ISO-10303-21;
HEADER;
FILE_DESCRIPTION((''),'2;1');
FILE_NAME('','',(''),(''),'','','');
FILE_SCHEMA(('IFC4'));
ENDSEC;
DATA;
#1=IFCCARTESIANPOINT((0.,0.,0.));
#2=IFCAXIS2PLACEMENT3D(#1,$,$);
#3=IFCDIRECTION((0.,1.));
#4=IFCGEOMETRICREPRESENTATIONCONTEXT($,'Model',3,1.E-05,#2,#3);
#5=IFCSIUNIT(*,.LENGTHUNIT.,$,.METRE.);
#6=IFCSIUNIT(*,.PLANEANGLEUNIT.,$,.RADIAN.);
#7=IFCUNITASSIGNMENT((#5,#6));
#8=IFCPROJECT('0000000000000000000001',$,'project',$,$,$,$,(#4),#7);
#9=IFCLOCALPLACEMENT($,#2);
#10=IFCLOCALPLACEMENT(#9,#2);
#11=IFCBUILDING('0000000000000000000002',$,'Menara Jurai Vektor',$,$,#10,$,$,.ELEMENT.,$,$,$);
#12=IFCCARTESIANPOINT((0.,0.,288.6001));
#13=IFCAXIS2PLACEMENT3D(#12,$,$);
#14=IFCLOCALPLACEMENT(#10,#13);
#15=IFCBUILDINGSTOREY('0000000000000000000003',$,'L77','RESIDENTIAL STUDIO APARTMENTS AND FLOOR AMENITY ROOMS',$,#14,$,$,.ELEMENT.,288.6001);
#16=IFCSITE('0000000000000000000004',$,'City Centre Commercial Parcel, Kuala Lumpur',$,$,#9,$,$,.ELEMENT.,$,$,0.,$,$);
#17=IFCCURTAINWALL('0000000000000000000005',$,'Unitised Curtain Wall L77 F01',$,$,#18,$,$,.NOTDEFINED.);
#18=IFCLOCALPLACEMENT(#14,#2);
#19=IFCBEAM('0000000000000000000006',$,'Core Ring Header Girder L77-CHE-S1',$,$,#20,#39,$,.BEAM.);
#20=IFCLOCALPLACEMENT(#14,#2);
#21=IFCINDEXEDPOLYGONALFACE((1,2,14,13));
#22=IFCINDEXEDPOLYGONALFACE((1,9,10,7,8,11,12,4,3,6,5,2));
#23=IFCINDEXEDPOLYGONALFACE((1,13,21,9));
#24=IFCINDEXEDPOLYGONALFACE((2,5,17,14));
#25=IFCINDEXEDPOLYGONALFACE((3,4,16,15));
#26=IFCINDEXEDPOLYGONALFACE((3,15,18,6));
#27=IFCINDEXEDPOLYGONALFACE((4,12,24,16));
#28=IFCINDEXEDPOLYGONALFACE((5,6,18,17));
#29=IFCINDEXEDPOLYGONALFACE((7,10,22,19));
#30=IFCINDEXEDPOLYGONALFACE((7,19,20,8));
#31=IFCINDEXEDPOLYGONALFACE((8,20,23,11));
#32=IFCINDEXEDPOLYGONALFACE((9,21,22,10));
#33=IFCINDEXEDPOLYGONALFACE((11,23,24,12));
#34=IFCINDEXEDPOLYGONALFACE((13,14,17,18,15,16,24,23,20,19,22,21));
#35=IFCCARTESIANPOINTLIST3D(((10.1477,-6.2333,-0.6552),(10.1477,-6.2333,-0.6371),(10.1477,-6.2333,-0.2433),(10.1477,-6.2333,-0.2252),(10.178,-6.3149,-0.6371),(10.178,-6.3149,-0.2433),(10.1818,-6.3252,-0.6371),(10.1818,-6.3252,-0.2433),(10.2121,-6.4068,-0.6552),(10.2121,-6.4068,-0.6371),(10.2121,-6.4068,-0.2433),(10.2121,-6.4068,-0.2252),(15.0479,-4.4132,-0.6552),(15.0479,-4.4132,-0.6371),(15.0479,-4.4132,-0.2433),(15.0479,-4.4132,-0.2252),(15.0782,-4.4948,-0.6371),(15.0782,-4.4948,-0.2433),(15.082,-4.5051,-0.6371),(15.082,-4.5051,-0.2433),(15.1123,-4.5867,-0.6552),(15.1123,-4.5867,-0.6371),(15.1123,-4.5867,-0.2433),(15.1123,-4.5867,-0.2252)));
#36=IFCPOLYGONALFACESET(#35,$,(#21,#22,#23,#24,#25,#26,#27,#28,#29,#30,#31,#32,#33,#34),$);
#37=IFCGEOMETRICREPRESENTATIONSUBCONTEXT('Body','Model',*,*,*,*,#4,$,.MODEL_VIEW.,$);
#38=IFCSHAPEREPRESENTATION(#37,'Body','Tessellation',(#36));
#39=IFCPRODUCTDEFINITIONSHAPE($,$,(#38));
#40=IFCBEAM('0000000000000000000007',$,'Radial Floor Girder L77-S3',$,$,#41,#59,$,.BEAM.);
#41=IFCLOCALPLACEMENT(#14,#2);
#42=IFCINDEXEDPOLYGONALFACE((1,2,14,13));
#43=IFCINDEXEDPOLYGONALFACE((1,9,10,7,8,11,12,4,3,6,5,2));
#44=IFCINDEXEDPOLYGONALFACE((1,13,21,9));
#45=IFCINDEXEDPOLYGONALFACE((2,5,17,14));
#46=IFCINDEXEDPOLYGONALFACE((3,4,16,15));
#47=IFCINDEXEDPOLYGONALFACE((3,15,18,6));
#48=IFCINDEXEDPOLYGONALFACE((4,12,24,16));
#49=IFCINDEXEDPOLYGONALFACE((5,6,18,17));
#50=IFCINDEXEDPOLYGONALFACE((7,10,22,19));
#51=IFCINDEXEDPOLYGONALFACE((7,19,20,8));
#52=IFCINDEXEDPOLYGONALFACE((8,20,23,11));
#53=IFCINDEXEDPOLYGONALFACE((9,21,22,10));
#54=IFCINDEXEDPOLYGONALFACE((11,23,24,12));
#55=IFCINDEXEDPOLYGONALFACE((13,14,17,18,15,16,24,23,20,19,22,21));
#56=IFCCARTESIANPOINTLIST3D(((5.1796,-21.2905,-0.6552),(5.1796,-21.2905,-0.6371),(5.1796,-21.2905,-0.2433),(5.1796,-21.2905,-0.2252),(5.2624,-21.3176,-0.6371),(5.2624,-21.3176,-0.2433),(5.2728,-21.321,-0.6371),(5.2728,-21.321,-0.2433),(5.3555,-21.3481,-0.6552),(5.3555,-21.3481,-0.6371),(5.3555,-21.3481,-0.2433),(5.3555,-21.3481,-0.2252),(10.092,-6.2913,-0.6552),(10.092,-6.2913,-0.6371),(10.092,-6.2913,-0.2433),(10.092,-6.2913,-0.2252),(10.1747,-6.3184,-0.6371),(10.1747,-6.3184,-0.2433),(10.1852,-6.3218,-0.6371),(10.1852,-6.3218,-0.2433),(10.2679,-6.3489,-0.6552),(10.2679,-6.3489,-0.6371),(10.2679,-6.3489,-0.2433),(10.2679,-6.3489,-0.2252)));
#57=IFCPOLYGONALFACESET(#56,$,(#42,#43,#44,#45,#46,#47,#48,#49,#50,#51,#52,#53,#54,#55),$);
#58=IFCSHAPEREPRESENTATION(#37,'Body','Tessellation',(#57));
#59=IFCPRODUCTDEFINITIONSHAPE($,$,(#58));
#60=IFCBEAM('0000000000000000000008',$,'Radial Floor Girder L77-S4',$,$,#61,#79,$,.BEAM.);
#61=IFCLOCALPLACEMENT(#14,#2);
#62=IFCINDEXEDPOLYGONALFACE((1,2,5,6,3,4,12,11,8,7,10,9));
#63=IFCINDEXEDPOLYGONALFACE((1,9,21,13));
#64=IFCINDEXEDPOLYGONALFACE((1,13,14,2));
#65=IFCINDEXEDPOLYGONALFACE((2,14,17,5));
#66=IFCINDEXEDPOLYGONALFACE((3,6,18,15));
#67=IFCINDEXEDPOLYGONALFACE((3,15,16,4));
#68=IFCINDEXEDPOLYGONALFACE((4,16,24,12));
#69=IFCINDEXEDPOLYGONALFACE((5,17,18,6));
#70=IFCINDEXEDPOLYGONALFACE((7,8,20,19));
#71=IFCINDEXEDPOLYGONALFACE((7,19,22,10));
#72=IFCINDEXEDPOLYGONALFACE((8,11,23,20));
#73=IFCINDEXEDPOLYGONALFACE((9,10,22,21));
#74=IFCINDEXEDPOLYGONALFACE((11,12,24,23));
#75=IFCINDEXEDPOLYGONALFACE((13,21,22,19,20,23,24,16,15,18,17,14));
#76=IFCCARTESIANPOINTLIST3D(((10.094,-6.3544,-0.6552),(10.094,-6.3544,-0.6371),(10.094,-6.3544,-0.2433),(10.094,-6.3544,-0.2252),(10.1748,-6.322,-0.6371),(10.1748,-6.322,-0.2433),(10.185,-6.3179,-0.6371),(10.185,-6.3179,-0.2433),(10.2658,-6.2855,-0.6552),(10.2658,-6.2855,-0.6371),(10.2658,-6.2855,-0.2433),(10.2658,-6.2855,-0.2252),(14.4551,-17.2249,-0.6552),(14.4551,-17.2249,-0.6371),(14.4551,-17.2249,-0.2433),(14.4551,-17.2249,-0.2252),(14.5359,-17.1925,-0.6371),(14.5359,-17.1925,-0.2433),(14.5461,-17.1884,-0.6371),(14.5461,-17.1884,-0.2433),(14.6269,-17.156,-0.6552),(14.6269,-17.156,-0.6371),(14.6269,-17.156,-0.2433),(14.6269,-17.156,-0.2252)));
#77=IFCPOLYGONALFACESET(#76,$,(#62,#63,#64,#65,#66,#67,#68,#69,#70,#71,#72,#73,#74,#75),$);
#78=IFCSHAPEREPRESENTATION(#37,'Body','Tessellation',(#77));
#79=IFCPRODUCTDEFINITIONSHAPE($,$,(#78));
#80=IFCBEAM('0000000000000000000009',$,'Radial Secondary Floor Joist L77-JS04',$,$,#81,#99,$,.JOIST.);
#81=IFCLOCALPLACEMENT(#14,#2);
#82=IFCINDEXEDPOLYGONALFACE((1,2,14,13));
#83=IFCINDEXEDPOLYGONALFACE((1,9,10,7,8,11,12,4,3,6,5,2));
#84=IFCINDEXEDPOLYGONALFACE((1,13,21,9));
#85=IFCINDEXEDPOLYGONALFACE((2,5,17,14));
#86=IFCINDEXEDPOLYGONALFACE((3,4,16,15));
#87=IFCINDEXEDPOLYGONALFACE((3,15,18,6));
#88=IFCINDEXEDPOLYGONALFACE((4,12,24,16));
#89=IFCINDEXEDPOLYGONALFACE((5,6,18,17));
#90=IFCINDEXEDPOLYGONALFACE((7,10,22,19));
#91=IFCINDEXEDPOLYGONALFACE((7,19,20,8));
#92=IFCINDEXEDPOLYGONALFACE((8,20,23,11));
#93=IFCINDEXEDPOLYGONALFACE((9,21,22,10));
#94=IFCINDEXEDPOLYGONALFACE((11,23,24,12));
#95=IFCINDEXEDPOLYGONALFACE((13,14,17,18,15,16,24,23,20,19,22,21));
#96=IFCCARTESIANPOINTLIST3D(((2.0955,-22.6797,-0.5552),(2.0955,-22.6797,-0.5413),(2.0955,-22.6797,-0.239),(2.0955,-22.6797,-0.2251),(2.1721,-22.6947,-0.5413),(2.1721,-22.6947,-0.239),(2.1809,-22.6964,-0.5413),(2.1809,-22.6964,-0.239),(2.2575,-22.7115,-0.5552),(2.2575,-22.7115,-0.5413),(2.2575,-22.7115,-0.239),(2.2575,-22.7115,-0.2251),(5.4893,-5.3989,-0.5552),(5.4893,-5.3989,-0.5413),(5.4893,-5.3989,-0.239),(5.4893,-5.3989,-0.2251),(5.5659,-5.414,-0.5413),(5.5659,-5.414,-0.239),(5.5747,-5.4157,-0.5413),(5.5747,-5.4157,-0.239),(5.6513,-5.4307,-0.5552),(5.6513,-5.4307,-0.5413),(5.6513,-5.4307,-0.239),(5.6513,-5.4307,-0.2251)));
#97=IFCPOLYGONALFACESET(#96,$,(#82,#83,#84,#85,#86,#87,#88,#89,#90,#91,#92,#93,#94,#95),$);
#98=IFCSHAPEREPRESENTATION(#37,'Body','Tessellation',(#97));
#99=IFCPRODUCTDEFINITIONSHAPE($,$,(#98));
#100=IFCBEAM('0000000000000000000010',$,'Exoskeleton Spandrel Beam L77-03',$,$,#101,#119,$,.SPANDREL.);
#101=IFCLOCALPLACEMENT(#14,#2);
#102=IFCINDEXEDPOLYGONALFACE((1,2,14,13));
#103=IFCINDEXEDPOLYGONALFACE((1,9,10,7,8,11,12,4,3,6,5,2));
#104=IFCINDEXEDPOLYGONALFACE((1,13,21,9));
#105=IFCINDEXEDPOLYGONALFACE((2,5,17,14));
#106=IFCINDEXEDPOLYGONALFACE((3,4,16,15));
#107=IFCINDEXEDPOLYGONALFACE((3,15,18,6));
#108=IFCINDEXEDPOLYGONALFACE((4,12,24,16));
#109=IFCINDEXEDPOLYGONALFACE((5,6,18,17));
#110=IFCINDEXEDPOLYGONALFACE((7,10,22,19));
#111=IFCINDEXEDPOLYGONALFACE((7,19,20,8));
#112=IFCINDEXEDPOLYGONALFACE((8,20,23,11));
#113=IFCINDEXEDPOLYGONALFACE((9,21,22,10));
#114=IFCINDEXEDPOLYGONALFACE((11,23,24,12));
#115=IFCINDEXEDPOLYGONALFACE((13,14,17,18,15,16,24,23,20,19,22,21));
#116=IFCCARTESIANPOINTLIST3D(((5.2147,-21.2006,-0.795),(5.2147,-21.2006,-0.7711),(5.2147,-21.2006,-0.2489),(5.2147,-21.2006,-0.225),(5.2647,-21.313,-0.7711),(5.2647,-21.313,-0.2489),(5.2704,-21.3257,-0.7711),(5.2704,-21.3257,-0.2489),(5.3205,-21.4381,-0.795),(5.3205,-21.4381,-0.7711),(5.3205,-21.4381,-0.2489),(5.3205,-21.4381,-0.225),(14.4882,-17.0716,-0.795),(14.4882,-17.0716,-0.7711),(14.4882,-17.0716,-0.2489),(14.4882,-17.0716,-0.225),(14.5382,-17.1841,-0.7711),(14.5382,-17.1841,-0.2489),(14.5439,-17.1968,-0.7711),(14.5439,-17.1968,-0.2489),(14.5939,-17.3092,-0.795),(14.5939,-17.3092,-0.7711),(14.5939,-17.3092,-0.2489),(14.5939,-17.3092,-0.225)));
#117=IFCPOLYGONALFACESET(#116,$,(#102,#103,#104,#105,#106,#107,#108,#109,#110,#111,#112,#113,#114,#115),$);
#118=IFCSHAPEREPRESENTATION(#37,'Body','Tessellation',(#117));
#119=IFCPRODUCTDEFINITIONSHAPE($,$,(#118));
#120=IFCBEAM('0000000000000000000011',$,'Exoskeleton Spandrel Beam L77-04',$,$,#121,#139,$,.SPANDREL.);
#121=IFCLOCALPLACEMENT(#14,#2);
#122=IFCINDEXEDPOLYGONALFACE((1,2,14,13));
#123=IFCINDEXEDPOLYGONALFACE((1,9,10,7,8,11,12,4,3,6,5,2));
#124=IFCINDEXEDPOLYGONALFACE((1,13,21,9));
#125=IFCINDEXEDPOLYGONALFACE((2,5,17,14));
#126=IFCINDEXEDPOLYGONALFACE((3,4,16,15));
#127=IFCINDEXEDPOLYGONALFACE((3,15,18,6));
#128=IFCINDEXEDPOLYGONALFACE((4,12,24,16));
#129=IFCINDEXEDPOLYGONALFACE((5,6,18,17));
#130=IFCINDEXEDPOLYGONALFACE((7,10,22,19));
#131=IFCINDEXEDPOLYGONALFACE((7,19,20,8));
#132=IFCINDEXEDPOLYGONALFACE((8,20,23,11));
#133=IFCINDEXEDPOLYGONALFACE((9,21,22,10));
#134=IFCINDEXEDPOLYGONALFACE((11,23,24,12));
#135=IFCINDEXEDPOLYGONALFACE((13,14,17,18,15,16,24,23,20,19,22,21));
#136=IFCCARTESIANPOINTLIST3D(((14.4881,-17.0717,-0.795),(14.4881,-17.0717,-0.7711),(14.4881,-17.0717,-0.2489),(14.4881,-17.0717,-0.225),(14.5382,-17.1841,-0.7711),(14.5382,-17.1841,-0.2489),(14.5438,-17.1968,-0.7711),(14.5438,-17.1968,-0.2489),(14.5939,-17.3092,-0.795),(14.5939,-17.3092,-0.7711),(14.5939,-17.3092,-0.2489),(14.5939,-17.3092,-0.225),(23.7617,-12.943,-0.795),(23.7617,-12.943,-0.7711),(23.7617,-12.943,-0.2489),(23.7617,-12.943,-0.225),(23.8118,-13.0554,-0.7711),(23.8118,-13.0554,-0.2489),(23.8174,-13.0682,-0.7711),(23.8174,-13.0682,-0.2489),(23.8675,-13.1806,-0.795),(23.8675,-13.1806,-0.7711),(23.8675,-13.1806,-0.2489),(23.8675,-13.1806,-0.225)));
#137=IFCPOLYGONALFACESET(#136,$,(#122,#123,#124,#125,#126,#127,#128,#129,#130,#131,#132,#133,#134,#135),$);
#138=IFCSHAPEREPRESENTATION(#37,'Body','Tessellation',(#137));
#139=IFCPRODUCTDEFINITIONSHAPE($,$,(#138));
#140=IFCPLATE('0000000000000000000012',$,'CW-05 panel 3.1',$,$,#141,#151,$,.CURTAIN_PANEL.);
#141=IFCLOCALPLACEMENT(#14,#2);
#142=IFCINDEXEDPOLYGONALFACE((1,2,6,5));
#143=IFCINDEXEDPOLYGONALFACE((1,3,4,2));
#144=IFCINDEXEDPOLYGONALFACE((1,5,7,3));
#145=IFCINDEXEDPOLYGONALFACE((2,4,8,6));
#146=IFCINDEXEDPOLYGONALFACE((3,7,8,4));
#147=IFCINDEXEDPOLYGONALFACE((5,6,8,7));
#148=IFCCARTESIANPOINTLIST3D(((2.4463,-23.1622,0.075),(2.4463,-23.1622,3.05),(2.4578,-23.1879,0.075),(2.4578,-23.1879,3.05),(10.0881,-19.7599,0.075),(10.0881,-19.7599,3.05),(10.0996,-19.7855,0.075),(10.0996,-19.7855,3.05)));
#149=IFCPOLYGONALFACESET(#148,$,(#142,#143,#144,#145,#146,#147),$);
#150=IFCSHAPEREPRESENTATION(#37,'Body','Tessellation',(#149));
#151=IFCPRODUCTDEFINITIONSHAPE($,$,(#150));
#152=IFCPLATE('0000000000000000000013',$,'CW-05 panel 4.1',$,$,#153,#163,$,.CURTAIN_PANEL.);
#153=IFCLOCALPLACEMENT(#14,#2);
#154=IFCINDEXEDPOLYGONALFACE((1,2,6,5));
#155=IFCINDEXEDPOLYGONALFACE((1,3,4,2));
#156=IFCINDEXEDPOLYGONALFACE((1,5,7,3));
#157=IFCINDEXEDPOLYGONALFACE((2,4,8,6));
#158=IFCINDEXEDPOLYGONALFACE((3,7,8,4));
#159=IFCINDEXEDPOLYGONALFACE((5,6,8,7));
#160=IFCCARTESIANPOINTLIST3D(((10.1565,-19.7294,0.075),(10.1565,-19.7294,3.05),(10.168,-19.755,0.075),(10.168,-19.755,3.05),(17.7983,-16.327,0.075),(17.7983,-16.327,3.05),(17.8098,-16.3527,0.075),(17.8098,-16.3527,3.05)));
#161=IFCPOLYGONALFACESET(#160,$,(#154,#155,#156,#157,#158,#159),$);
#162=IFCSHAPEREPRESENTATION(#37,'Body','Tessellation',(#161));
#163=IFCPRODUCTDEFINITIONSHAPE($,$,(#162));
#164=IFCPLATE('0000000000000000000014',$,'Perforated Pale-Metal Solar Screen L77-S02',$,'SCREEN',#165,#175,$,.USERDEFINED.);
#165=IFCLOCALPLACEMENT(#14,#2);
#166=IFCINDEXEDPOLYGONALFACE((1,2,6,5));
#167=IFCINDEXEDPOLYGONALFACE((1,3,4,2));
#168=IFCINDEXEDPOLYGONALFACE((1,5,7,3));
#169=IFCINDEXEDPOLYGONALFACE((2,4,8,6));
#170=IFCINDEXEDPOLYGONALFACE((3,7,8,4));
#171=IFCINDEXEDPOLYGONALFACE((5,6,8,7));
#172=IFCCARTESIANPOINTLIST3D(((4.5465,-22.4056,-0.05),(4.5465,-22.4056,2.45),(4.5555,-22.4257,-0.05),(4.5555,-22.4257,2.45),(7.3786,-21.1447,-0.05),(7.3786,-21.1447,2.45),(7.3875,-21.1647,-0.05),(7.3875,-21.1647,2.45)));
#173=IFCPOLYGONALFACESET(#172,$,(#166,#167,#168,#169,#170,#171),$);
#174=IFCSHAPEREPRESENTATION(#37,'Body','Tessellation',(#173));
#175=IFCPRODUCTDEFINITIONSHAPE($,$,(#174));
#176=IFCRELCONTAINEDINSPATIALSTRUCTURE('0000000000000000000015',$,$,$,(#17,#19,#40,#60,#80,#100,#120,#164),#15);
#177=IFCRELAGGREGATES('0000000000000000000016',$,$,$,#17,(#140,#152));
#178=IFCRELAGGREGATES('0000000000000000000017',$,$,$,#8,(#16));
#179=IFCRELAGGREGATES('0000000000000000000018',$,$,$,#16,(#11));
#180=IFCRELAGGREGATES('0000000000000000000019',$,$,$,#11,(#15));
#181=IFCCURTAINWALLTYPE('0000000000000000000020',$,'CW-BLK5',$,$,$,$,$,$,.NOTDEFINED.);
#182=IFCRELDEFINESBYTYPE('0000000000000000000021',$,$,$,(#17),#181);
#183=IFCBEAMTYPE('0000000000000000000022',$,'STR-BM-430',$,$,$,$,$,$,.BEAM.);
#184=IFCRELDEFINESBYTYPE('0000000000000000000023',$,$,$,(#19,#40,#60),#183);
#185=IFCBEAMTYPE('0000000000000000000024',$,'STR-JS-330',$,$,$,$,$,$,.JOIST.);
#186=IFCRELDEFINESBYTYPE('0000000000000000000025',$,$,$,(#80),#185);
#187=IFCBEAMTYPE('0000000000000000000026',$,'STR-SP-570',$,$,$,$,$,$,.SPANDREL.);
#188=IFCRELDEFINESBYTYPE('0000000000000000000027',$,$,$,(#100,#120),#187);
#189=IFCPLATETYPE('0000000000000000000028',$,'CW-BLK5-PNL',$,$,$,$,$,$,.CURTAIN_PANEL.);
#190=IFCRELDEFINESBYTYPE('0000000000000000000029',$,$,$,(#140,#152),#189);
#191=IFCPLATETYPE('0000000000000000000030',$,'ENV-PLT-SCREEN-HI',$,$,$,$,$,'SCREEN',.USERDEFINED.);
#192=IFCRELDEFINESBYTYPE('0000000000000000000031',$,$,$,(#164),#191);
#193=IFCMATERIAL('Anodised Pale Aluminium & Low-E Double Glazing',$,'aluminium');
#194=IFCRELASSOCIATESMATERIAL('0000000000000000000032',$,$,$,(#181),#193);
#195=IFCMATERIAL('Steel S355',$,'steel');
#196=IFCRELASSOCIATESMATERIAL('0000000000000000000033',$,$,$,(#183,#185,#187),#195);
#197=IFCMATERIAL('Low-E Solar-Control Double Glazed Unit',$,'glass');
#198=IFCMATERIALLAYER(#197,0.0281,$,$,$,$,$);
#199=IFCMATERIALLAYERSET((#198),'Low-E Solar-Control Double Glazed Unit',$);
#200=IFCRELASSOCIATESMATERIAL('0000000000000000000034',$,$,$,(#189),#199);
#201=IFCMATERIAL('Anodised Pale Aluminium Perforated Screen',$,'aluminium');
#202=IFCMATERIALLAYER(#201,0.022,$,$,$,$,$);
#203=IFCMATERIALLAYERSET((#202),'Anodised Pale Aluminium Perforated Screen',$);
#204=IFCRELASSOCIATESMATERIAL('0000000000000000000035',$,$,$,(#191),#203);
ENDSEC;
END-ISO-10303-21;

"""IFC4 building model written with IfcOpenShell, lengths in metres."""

from ifc_helpers import new_model, si_unit, direction, frame, origin, origin_2d, place, context, subcontext, project, spatial, rectangle, i_section, extrude, material, layer, layer_set, material_profile, profile_set, type_object, element, aggregate, save


model = new_model("IFC4")

# Units and contexts
model_context = context("Model", 3, precision=1e-05, world=origin(), true_north=direction((0.0, 1.0)))
body_context = subcontext(model_context, "Body", "Model", "MODEL_VIEW")
ifc_project = project(units=[si_unit("LENGTHUNIT", "METRE"), si_unit("PLANEANGLEUNIT", "RADIAN")], contexts=[model_context])

# Site, building, storey
site_placement = place(None, origin())
site = spatial("IfcSite", under=ifc_project, at=site_placement, Name="City Centre Commercial Parcel, Kuala Lumpur", CompositionType="ELEMENT", RefElevation=0.0)
building_placement = place(site_placement, origin())
building = spatial("IfcBuilding", under=site, at=building_placement, Name="Menara Jurai Vektor", CompositionType="ELEMENT")
storey_placement = place(building_placement, frame((0.0, 0.0, 288.6001)))
storey = spatial("IfcBuildingStorey", under=building, at=storey_placement, Name="L77", Description="RESIDENTIAL STUDIO APARTMENTS AND FLOOR AMENITY ROOMS", CompositionType="ELEMENT", Elevation=288.6001)

# Curtain wall
ifc_material_1 = material(Name="Anodised Pale Aluminium & Low-E Double Glazing", Category="aluminium")
curtain_wall_type = type_object("IfcCurtainWallType", Name="CW-BLK5", PredefinedType="NOTDEFINED", material=ifc_material_1)
curtain_wall_placement = place(storey_placement, origin())
curtain_wall = element("IfcCurtainWall", 1, at=curtain_wall_placement, inside=storey, type_object=curtain_wall_type, Name="Unitised Curtain Wall L77 F01", PredefinedType="NOTDEFINED")

# Beams
ifc_material_2 = material(Name="Steel S355", Category="steel")
ifc_material_profile_1 = material_profile(ifc_material_2, i_section(OverallWidth=0.1851, OverallDepth=0.4299, WebThickness=0.011, FlangeThickness=0.0181, at=origin_2d()), Name="PG 430x185x76")
ifc_profile_set_1 = profile_set([ifc_material_profile_1], Name="Steel S355")
beam_type_1 = type_object("IfcBeamType", Name="STR-BM-430", PredefinedType="BEAM", material=ifc_profile_set_1)
beam_1_placement = place(storey_placement, frame((10.1799, -6.3201, -0.4402), z_axis=(0.937424, 0.348189, 0.0), x_axis=(-0.348189, 0.937424, 0.0)))
element("IfcBeam", 2, at=beam_1_placement, inside=storey, type_object=beam_type_1, Name="Core Ring Header Girder L77-CHE-S1", PredefinedType="BEAM", context=body_context, shape_type="SweptSolid", body=[
    extrude(i_section(OverallWidth=0.1851, OverallDepth=0.4299, WebThickness=0.011, FlangeThickness=0.0181, at=origin_2d()), origin(), (0.0, 0.0, 1.0), 5.2273),
])
beam_2_placement = place(storey_placement, frame((5.2676, -21.3193, -0.4402), z_axis=(0.311239, 0.950332, 0.0), x_axis=(-0.950332, 0.311239, 0.0)))
element("IfcBeam", 3, at=beam_2_placement, inside=storey, type_object=beam_type_1, Name="Radial Floor Girder L77-S3", PredefinedType="BEAM", context=body_context, shape_type="SweptSolid", body=[
    extrude(i_section(OverallWidth=0.1851, OverallDepth=0.4299, WebThickness=0.011, FlangeThickness=0.0181, at=origin_2d()), origin(), (0.0, 0.0, 1.0), 15.7832),
])
beam_3_placement = place(storey_placement, frame((14.541, -17.1904, -0.4402), z_axis=(-0.372343, 0.928095, 0.0), x_axis=(-0.928095, -0.372343, 0.0)))
element("IfcBeam", 4, at=beam_3_placement, inside=storey, type_object=beam_type_1, Name="Radial Floor Girder L77-S4", PredefinedType="BEAM", context=body_context, shape_type="SweptSolid", body=[
    extrude(i_section(OverallWidth=0.1851, OverallDepth=0.4299, WebThickness=0.011, FlangeThickness=0.0181, at=origin_2d()), origin(), (0.0, 0.0, 1.0), 11.7126),
])
ifc_material_profile_2 = material_profile(ifc_material_2, i_section(OverallWidth=0.165, OverallDepth=0.3301, WebThickness=0.009, FlangeThickness=0.0139, at=origin_2d()), Name="PG 330x165x46")
ifc_profile_set_2 = profile_set([ifc_material_profile_2], Name="Steel S355")
beam_type_2 = type_object("IfcBeamType", Name="STR-JS-330", PredefinedType="JOIST", material=ifc_profile_set_2)
beam_4_placement = place(storey_placement, frame((2.1765, -22.6956, -0.3901), z_axis=(0.192711, 0.981256, 0.0), x_axis=(-0.981256, 0.192711, 0.0)))
element("IfcBeam", 5, at=beam_4_placement, inside=storey, type_object=beam_type_2, Name="Radial Secondary Floor Joist L77-JS04", PredefinedType="JOIST", context=body_context, shape_type="SweptSolid", body=[
    extrude(i_section(OverallWidth=0.165, OverallDepth=0.3301, WebThickness=0.009, FlangeThickness=0.0139, at=origin_2d()), origin(), (0.0, 0.0, 1.0), 17.6108),
])
ifc_material_profile_3 = material_profile(ifc_material_2, i_section(OverallWidth=0.26, OverallDepth=0.5701, WebThickness=0.0139, FlangeThickness=0.0239, at=origin_2d()), Name="PG 570x260x145")
ifc_profile_set_3 = profile_set([ifc_material_profile_3], Name="Steel S355")
beam_type_3 = type_object("IfcBeamType", Name="STR-SP-570", PredefinedType="SPANDREL", material=ifc_profile_set_3)
for number, where, z_axis, x_axis, name in (
    (6, (5.2676, -21.3193, -0.51), (0.913542, 0.406745, 0.0), (-0.406745, 0.913542, 0.0), "Exoskeleton Spandrel Beam L77-03"),
    (7, (14.541, -17.1904, -0.51), (0.913554, 0.406716, 0.0), (-0.406716, 0.913554, 0.0), "Exoskeleton Spandrel Beam L77-04"),
):
    element("IfcBeam", number, at=place(storey_placement, frame(where, z_axis=z_axis, x_axis=x_axis)), inside=storey, type_object=beam_type_3, Name=name, PredefinedType="SPANDREL", context=body_context, shape_type="SweptSolid", body=[
        extrude(i_section(OverallWidth=0.26, OverallDepth=0.5701, WebThickness=0.0139, FlangeThickness=0.0239, at=origin_2d()), origin(), (0.0, 0.0, 1.0), 10.1511),
    ])

# Plates
ifc_material_3 = material(Name="Low-E Solar-Control Double Glazed Unit", Category="glass")
ifc_layer_1 = layer(ifc_material_3, 0.0281)
ifc_layer_set_1 = layer_set([ifc_layer_1], Name="Low-E Solar-Control Double Glazed Unit")
plate_type_1 = type_object("IfcPlateType", Name="CW-BLK5-PNL", PredefinedType="CURTAIN_PANEL", material=ifc_layer_set_1)
plate_1_placement = place(storey_placement, frame((6.2729, -21.4739, 0.075), z_axis=(0.0, 0.0, 1.0), x_axis=(0.913546, 0.406735, 0.0)))
plate_1 = element("IfcPlate", 8, at=plate_1_placement, type_object=plate_type_1, Name="CW-05 panel 3.1", PredefinedType="CURTAIN_PANEL", context=body_context, shape_type="SweptSolid", body=[
    extrude(rectangle(XDim=8.365, YDim=0.0281, at=origin_2d()), origin(), (0.0, 0.0, 1.0), 2.9751),
])
plate_2_placement = place(storey_placement, frame((13.9832, -18.041, 0.075), z_axis=(0.0, 0.0, 1.0), x_axis=(0.913546, 0.406735, 0.0)))
plate_2 = element("IfcPlate", 9, at=plate_2_placement, type_object=plate_type_1, Name="CW-05 panel 4.1", PredefinedType="CURTAIN_PANEL", context=body_context, shape_type="SweptSolid", body=[
    extrude(rectangle(XDim=8.365, YDim=0.0281, at=origin_2d()), origin(), (0.0, 0.0, 1.0), 2.9751),
])
aggregate(curtain_wall, [plate_1, plate_2])
ifc_material_4 = material(Name="Anodised Pale Aluminium Perforated Screen", Category="aluminium")
ifc_layer_2 = layer(ifc_material_4, 0.022)
ifc_layer_set_2 = layer_set([ifc_layer_2], Name="Anodised Pale Aluminium Perforated Screen")
plate_type_2 = type_object("IfcPlateType", Name="ENV-PLT-SCREEN-HI", ElementType="SCREEN", PredefinedType="USERDEFINED", material=ifc_layer_set_2)
plate_3_placement = place(storey_placement, frame((5.967, -21.7852, -0.05), z_axis=(0.0, 0.0, 1.0), x_axis=(0.913545, 0.406737, 0.0)))
element("IfcPlate", 10, at=plate_3_placement, inside=storey, type_object=plate_type_2, Name="Perforated Pale-Metal Solar Screen L77-S02", ObjectType="SCREEN", PredefinedType="USERDEFINED", context=body_context, shape_type="SweptSolid", body=[
    extrude(rectangle(XDim=3.1001, YDim=0.022, at=origin_2d()), origin(), (0.0, 0.0, 1.0), 2.5),
])

save(model, "model.ifc")
